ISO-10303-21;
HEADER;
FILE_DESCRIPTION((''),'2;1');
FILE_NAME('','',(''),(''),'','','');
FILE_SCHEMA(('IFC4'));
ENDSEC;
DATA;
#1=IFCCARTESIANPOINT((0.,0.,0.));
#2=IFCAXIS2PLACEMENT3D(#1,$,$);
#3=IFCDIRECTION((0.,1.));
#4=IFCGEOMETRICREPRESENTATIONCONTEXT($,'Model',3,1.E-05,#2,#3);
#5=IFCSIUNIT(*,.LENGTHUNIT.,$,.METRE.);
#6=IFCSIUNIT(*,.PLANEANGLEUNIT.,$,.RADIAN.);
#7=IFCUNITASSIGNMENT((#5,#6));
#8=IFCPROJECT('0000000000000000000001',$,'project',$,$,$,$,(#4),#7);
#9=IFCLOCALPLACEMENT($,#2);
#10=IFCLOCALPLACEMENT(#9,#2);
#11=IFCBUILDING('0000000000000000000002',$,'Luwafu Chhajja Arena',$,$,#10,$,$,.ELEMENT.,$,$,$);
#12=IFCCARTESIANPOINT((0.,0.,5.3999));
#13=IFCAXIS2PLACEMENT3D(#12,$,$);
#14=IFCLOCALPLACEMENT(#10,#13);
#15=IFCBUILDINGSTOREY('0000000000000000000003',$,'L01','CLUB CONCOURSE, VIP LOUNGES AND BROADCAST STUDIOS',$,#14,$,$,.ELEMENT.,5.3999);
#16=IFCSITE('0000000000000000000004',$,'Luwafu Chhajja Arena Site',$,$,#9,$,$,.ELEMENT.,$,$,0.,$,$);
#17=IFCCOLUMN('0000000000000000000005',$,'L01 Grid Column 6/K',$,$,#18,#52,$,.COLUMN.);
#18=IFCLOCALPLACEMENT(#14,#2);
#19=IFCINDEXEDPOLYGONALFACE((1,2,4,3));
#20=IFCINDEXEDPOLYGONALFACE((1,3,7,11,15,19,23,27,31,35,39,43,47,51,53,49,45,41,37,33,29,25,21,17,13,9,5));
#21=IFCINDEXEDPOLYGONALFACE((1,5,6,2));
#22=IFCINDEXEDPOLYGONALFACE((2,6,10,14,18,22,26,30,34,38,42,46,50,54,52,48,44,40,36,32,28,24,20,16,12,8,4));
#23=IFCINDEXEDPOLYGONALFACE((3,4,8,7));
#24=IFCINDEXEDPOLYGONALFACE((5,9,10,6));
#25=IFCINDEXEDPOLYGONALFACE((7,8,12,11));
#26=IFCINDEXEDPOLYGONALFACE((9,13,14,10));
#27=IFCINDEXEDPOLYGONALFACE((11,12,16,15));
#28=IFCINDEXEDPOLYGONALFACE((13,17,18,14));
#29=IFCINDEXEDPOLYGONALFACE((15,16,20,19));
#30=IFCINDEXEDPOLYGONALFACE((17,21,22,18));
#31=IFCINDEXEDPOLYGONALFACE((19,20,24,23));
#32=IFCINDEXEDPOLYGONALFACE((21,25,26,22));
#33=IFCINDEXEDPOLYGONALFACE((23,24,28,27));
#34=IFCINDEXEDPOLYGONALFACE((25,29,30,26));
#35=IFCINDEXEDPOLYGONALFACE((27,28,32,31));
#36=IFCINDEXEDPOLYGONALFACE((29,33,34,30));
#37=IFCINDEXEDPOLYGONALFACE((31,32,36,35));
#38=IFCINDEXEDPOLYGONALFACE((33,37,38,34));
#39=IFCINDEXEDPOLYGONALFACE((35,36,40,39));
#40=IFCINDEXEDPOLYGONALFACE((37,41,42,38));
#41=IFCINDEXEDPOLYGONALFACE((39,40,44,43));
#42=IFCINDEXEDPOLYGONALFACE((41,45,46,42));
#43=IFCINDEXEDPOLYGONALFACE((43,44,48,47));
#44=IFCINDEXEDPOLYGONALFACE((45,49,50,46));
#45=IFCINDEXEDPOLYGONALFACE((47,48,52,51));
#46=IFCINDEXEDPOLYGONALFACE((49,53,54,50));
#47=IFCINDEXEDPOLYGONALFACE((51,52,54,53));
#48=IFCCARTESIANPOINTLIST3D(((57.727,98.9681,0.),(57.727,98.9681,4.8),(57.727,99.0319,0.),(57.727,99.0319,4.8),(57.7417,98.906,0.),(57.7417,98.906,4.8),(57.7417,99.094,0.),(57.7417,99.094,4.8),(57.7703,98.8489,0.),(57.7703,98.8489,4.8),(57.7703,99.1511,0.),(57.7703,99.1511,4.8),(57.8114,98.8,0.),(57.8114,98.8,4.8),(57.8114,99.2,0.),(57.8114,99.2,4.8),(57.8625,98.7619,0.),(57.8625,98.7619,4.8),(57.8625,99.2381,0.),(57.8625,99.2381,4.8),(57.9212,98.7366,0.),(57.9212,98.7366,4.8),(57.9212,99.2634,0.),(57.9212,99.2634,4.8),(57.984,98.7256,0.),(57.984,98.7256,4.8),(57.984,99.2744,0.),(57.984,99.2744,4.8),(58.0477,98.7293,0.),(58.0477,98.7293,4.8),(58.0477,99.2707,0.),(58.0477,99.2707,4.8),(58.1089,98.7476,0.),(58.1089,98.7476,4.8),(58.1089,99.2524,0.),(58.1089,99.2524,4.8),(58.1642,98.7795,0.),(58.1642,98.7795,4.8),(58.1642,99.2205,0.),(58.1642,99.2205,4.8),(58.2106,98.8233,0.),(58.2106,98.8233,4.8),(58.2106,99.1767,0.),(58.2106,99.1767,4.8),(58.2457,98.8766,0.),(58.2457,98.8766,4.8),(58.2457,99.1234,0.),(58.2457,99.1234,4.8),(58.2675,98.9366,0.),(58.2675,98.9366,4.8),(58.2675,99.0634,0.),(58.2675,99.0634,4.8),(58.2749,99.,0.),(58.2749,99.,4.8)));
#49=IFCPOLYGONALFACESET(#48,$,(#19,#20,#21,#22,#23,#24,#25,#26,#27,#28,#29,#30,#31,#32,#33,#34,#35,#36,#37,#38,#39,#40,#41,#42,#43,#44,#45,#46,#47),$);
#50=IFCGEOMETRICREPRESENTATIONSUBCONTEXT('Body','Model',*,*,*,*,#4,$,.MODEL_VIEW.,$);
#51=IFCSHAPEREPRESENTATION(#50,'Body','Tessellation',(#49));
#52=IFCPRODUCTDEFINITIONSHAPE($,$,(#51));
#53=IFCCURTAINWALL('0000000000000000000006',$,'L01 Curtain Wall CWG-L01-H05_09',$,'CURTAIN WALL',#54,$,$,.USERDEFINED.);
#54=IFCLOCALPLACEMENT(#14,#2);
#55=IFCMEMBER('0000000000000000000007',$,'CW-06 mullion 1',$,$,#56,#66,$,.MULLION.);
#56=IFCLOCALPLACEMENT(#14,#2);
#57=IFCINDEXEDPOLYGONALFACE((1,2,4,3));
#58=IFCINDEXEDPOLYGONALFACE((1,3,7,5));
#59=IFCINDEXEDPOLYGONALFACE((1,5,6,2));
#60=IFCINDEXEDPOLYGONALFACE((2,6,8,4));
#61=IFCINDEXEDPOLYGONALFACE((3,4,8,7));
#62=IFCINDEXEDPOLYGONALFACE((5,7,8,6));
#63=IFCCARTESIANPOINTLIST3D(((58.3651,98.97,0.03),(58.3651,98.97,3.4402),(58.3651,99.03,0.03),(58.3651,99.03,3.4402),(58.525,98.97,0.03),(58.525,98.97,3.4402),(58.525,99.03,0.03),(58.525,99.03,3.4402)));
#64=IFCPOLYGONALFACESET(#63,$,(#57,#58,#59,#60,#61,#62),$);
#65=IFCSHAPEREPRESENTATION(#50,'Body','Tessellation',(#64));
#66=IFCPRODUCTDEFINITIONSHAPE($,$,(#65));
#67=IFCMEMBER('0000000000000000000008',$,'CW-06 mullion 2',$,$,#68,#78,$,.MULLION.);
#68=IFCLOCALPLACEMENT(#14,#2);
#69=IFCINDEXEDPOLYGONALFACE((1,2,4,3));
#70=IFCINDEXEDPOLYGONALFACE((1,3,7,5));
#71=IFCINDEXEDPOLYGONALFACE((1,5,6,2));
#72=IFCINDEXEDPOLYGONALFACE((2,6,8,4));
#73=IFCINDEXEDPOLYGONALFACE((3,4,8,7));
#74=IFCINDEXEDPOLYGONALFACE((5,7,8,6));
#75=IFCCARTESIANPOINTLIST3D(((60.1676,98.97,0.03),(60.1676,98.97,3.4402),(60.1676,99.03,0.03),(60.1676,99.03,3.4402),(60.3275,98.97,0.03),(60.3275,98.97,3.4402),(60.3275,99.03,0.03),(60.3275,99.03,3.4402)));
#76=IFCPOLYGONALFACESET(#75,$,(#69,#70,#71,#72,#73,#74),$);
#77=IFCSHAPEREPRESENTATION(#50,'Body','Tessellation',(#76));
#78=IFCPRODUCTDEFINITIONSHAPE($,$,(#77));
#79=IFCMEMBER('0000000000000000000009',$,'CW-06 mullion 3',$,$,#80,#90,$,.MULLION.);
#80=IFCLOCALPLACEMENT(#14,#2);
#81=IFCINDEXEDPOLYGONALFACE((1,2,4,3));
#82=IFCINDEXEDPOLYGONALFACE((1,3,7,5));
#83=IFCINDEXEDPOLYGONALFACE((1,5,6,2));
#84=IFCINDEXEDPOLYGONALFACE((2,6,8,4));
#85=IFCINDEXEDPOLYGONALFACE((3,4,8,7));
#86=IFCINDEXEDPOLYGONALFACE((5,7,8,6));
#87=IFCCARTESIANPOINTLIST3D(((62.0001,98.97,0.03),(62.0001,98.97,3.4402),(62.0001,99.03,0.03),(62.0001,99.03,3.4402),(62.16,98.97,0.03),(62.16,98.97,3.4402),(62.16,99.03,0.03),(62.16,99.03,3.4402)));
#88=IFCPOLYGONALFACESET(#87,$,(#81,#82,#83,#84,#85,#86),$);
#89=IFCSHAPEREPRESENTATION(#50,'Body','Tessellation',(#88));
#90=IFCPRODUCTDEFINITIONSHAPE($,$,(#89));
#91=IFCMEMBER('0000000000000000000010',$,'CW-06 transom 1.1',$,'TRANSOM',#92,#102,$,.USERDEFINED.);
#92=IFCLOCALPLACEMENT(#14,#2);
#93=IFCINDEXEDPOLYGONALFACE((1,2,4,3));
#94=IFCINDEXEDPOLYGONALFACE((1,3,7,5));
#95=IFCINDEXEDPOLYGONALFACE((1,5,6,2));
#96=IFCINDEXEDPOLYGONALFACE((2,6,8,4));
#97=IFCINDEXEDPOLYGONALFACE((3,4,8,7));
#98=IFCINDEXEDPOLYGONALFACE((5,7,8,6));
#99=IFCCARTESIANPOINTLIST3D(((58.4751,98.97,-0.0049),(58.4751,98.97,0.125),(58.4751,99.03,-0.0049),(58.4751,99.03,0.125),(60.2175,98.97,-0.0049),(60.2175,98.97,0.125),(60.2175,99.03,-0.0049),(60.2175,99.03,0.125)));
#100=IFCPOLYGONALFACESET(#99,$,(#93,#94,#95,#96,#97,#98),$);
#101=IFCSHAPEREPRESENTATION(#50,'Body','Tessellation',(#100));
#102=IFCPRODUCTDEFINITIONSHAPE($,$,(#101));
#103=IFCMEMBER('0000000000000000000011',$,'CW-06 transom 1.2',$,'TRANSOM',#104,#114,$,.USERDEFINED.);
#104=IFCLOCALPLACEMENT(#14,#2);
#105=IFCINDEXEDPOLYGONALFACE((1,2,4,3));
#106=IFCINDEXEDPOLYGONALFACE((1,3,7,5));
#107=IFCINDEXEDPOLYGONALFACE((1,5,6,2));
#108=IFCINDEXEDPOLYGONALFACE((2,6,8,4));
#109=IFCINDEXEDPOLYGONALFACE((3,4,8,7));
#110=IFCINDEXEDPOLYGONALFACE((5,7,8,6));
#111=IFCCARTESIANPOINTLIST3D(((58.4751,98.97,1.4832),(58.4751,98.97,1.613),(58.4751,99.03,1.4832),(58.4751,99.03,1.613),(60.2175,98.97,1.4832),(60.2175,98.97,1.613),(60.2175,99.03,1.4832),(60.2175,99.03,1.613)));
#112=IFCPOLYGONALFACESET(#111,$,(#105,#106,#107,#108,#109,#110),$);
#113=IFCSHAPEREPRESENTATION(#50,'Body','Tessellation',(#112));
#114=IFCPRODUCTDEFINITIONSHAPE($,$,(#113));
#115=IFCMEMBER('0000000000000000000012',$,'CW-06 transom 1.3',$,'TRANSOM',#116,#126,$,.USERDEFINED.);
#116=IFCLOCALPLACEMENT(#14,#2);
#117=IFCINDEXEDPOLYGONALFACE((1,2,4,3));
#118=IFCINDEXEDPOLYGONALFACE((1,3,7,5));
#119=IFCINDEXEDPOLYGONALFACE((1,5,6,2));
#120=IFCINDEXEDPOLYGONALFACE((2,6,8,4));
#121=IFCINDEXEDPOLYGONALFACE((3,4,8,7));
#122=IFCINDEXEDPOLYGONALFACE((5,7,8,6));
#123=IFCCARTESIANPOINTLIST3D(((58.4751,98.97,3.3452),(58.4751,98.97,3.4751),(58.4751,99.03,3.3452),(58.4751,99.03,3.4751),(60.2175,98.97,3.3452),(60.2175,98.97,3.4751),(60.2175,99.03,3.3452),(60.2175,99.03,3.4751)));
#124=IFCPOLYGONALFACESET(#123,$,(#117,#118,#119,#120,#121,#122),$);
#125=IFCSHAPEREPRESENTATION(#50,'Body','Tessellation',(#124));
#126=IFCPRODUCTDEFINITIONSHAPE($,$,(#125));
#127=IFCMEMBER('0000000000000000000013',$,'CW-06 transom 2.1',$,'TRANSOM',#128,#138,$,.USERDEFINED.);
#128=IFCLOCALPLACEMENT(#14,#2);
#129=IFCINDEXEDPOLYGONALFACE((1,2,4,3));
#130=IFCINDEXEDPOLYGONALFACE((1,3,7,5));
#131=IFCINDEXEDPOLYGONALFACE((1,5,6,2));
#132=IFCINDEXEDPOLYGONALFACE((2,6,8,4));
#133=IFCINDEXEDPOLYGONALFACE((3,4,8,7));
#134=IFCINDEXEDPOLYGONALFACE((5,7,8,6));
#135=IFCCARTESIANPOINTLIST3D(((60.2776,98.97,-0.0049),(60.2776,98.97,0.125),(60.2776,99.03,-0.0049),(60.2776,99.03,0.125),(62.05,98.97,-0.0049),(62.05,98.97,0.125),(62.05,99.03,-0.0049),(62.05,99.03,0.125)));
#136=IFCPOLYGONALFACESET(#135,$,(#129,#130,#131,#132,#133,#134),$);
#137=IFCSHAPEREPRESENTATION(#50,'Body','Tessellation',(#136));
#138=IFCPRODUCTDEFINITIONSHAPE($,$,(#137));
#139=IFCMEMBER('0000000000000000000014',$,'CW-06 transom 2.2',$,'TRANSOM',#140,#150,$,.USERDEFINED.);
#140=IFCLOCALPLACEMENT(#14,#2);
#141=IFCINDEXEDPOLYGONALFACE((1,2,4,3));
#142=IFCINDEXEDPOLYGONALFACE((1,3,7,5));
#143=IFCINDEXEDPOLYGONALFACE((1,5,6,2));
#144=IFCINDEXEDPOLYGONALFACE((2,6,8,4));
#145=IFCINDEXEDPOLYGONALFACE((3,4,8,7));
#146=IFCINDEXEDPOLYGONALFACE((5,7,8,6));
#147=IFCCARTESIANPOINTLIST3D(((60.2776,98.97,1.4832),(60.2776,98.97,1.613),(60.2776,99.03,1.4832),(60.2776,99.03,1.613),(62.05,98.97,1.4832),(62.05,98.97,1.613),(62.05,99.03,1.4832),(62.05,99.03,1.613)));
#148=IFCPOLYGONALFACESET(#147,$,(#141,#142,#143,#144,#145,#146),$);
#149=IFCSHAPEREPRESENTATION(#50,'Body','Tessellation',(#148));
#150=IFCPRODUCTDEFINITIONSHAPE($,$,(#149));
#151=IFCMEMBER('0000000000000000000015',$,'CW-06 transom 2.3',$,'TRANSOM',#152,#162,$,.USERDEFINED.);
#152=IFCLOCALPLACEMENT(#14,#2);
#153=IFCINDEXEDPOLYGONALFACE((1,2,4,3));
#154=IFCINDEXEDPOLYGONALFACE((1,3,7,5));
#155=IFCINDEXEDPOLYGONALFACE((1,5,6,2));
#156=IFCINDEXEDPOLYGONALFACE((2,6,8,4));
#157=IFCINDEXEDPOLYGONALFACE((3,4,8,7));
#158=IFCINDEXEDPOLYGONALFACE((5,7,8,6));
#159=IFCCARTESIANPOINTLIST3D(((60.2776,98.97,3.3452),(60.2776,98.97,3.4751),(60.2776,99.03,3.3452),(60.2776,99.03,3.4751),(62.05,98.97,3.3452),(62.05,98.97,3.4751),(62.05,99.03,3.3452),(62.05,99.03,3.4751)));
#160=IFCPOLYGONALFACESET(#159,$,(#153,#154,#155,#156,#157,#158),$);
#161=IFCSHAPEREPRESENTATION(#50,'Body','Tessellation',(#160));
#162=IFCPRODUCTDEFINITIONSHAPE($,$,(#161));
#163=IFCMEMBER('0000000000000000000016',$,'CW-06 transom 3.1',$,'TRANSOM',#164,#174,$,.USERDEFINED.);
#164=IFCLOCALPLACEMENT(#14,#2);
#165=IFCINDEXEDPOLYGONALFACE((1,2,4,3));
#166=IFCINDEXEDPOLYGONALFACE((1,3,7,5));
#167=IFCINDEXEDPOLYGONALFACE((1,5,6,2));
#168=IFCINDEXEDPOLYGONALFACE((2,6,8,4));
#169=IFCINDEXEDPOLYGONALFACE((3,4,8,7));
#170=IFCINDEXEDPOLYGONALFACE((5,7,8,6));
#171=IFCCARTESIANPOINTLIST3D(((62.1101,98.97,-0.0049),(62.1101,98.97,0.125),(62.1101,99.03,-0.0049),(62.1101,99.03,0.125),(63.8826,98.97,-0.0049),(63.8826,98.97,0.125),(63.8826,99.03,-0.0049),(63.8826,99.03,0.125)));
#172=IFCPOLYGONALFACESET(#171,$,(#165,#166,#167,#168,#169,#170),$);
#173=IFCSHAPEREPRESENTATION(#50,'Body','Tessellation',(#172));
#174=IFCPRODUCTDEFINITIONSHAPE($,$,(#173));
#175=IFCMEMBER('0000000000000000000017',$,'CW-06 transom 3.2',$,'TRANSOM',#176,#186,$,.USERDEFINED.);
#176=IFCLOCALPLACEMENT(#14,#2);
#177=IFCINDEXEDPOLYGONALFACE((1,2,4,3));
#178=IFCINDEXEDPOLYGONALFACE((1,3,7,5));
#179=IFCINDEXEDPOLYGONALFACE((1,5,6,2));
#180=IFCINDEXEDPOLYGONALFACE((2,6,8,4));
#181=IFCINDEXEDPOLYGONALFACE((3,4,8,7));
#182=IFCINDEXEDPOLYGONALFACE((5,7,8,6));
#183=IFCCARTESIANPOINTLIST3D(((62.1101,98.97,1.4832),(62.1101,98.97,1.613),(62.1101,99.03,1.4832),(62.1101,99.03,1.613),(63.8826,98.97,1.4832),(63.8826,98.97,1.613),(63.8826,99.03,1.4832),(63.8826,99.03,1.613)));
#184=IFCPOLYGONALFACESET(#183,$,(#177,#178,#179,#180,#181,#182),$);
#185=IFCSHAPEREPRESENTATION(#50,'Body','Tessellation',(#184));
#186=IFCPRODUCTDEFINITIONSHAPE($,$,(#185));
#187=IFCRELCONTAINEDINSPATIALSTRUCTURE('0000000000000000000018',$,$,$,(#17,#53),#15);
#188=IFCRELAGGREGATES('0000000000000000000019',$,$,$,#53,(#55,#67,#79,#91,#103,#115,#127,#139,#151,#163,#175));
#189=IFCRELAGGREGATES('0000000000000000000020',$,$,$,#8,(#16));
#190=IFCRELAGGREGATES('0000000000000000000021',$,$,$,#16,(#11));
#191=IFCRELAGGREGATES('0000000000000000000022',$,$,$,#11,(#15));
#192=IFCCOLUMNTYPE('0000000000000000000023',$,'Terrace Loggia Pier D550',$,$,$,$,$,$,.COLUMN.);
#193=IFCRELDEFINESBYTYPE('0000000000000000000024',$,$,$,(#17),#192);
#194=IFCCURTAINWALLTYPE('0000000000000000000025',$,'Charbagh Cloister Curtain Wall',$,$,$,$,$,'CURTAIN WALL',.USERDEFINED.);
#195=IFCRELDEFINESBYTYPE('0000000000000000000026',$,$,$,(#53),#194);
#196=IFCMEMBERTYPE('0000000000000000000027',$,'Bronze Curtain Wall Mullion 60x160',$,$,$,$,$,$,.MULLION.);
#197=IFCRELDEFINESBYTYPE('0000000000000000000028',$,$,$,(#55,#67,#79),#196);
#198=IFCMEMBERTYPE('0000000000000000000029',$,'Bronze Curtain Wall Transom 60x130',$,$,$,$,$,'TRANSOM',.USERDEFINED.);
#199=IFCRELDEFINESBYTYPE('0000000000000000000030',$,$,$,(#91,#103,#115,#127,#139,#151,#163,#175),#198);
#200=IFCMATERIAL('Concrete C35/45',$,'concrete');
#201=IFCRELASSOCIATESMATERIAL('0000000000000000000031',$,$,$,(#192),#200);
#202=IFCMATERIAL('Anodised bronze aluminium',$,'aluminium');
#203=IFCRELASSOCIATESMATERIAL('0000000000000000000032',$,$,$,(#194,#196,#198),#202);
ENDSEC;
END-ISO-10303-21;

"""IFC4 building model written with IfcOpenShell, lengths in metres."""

from ifc_helpers import new_model, si_unit, direction, frame, origin, origin_2d, place, context, subcontext, project, spatial, rectangle, circle, extrude, material, material_profile, profile_set, type_object, element, aggregate, save


model = new_model("IFC4")

# Units and contexts
model_context = context("Model", 3, precision=1e-05, world=origin(), true_north=direction((0.0, 1.0)))
body_context = subcontext(model_context, "Body", "Model", "MODEL_VIEW")
ifc_project = project(units=[si_unit("LENGTHUNIT", "METRE"), si_unit("PLANEANGLEUNIT", "RADIAN")], contexts=[model_context])

# Site, building, storey
site_placement = place(None, origin())
site = spatial("IfcSite", under=ifc_project, at=site_placement, Name="Luwafu Chhajja Arena Site", CompositionType="ELEMENT", RefElevation=0.0)
building_placement = place(site_placement, origin())
building = spatial("IfcBuilding", under=site, at=building_placement, Name="Luwafu Chhajja Arena", CompositionType="ELEMENT")
storey_placement = place(building_placement, frame((0.0, 0.0, 5.3999)))
storey = spatial("IfcBuildingStorey", under=building, at=storey_placement, Name="L01", Description="CLUB CONCOURSE, VIP LOUNGES AND BROADCAST STUDIOS", CompositionType="ELEMENT", Elevation=5.3999)

# Column
ifc_material_1 = material(Name="Concrete C35/45", Category="concrete")
ifc_material_profile_1 = material_profile(ifc_material_1, circle(Radius=0.2749, at=origin_2d()), Name="RC COL D550")
ifc_profile_set_1 = profile_set([ifc_material_profile_1], Name="Concrete C35/45")
column_type_1 = type_object("IfcColumnType", Name="Terrace Loggia Pier D550", PredefinedType="COLUMN", material=ifc_profile_set_1)
column_1_placement = place(storey_placement, frame((58.0, 99.0, 0.0), z_axis=(0.0, 0.0, 1.0), x_axis=(1.0, 0.0, 0.0)))
element("IfcColumn", 1, at=column_1_placement, inside=storey, type_object=column_type_1, Name="L01 Grid Column 6/K", PredefinedType="COLUMN", context=body_context, shape_type="SweptSolid", body=[
    extrude(circle(Radius=0.2749, at=origin_2d()), origin(), (0.0, 0.0, 1.0), 4.8),
])

# Curtain wall, members
ifc_material_2 = material(Name="Anodised bronze aluminium", Category="aluminium")
curtain_wall_type = type_object("IfcCurtainWallType", Name="Charbagh Cloister Curtain Wall", ElementType="CURTAIN WALL", PredefinedType="USERDEFINED", material=ifc_material_2)
curtain_wall_placement = place(storey_placement, origin())
curtain_wall = element("IfcCurtainWall", 2, at=curtain_wall_placement, inside=storey, type_object=curtain_wall_type, Name="L01 Curtain Wall CWG-L01-H05_09", ObjectType="CURTAIN WALL", PredefinedType="USERDEFINED")
ifc_material_profile_2 = material_profile(ifc_material_2, rectangle(XDim=0.0601, YDim=0.1599, at=origin_2d()), Name="CWM 60x160")
ifc_profile_set_2 = profile_set([ifc_material_profile_2], Name="Anodised bronze aluminium")
member_type_1 = type_object("IfcMemberType", Name="Bronze Curtain Wall Mullion 60x160", PredefinedType="MULLION", material=ifc_profile_set_2)
member_1_placement = place(storey_placement, frame((58.4451, 99.0, 0.03), z_axis=(0.0, 0.0, 1.0), x_axis=(0.0, 1.0, 0.0)))
member_1 = element("IfcMember", 3, at=member_1_placement, type_object=member_type_1, Name="CW-06 mullion 1", PredefinedType="MULLION", context=body_context, shape_type="SweptSolid", body=[
    extrude(rectangle(XDim=0.0601, YDim=0.1599, at=origin_2d()), origin(), (0.0, 0.0, 1.0), 3.4102),
])
member_2_placement = place(storey_placement, frame((60.2476, 99.0, 0.03), z_axis=(0.0, 0.0, 1.0), x_axis=(0.0, 1.0, 0.0)))
member_2 = element("IfcMember", 4, at=member_2_placement, type_object=member_type_1, Name="CW-06 mullion 2", PredefinedType="MULLION", context=body_context, shape_type="SweptSolid", body=[
    extrude(rectangle(XDim=0.0601, YDim=0.1599, at=origin_2d()), origin(), (0.0, 0.0, 1.0), 3.4102),
])
member_3_placement = place(storey_placement, frame((62.0801, 99.0, 0.03), z_axis=(0.0, 0.0, 1.0), x_axis=(0.0, 1.0, 0.0)))
member_3 = element("IfcMember", 5, at=member_3_placement, type_object=member_type_1, Name="CW-06 mullion 3", PredefinedType="MULLION", context=body_context, shape_type="SweptSolid", body=[
    extrude(rectangle(XDim=0.0601, YDim=0.1599, at=origin_2d()), origin(), (0.0, 0.0, 1.0), 3.4102),
])
ifc_material_profile_3 = material_profile(ifc_material_2, rectangle(XDim=0.0601, YDim=0.1299, at=origin_2d()), Name="CWT 60x130")
ifc_profile_set_3 = profile_set([ifc_material_profile_3], Name="Anodised bronze aluminium")
member_type_2 = type_object("IfcMemberType", Name="Bronze Curtain Wall Transom 60x130", ElementType="TRANSOM", PredefinedType="USERDEFINED", material=ifc_profile_set_3)
member_4_placement = place(storey_placement, frame((58.4751, 99.0, 0.0601), z_axis=(1.0, 0.0, 0.0), x_axis=(0.0, 1.0, 0.0)))
member_4 = element("IfcMember", 6, at=member_4_placement, type_object=member_type_2, Name="CW-06 transom 1.1", ObjectType="TRANSOM", PredefinedType="USERDEFINED", context=body_context, shape_type="SweptSolid", body=[
    extrude(rectangle(XDim=0.0601, YDim=0.1299, at=origin_2d()), origin(), (0.0, 0.0, 1.0), 1.7424),
])
member_5_placement = place(storey_placement, frame((58.4751, 99.0, 1.5481), z_axis=(1.0, 0.0, 0.0), x_axis=(0.0, 1.0, 0.0)))
member_5 = element("IfcMember", 7, at=member_5_placement, type_object=member_type_2, Name="CW-06 transom 1.2", ObjectType="TRANSOM", PredefinedType="USERDEFINED", context=body_context, shape_type="SweptSolid", body=[
    extrude(rectangle(XDim=0.0601, YDim=0.1299, at=origin_2d()), origin(), (0.0, 0.0, 1.0), 1.7424),
])
member_6_placement = place(storey_placement, frame((58.4751, 99.0, 3.4102), z_axis=(1.0, 0.0, 0.0), x_axis=(0.0, 1.0, 0.0)))
member_6 = element("IfcMember", 8, at=member_6_placement, type_object=member_type_2, Name="CW-06 transom 1.3", ObjectType="TRANSOM", PredefinedType="USERDEFINED", context=body_context, shape_type="SweptSolid", body=[
    extrude(rectangle(XDim=0.0601, YDim=0.1299, at=origin_2d()), origin(), (0.0, 0.0, 1.0), 1.7424),
])
member_7_placement = place(storey_placement, frame((60.2776, 99.0, 0.0601), z_axis=(1.0, 0.0, 0.0), x_axis=(0.0, 1.0, 0.0)))
member_7 = element("IfcMember", 9, at=member_7_placement, type_object=member_type_2, Name="CW-06 transom 2.1", ObjectType="TRANSOM", PredefinedType="USERDEFINED", context=body_context, shape_type="SweptSolid", body=[
    extrude(rectangle(XDim=0.0601, YDim=0.1299, at=origin_2d()), origin(), (0.0, 0.0, 1.0), 1.7725),
])
member_8_placement = place(storey_placement, frame((60.2776, 99.0, 1.5481), z_axis=(1.0, 0.0, 0.0), x_axis=(0.0, 1.0, 0.0)))
member_8 = element("IfcMember", 10, at=member_8_placement, type_object=member_type_2, Name="CW-06 transom 2.2", ObjectType="TRANSOM", PredefinedType="USERDEFINED", context=body_context, shape_type="SweptSolid", body=[
    extrude(rectangle(XDim=0.0601, YDim=0.1299, at=origin_2d()), origin(), (0.0, 0.0, 1.0), 1.7725),
])
member_9_placement = place(storey_placement, frame((60.2776, 99.0, 3.4102), z_axis=(1.0, 0.0, 0.0), x_axis=(0.0, 1.0, 0.0)))
member_9 = element("IfcMember", 11, at=member_9_placement, type_object=member_type_2, Name="CW-06 transom 2.3", ObjectType="TRANSOM", PredefinedType="USERDEFINED", context=body_context, shape_type="SweptSolid", body=[
    extrude(rectangle(XDim=0.0601, YDim=0.1299, at=origin_2d()), origin(), (0.0, 0.0, 1.0), 1.7725),
])
member_10_placement = place(storey_placement, frame((62.1101, 99.0, 0.0601), z_axis=(1.0, 0.0, 0.0), x_axis=(0.0, 1.0, 0.0)))
member_10 = element("IfcMember", 12, at=member_10_placement, type_object=member_type_2, Name="CW-06 transom 3.1", ObjectType="TRANSOM", PredefinedType="USERDEFINED", context=body_context, shape_type="SweptSolid", body=[
    extrude(rectangle(XDim=0.0601, YDim=0.1299, at=origin_2d()), origin(), (0.0, 0.0, 1.0), 1.7725),
])
member_11_placement = place(storey_placement, frame((62.1101, 99.0, 1.5481), z_axis=(1.0, 0.0, 0.0), x_axis=(0.0, 1.0, 0.0)))
member_11 = element("IfcMember", 13, at=member_11_placement, type_object=member_type_2, Name="CW-06 transom 3.2", ObjectType="TRANSOM", PredefinedType="USERDEFINED", context=body_context, shape_type="SweptSolid", body=[
    extrude(rectangle(XDim=0.0601, YDim=0.1299, at=origin_2d()), origin(), (0.0, 0.0, 1.0), 1.7725),
])

aggregate(curtain_wall, [member_1, member_2, member_3, member_4, member_5, member_6, member_7, member_8, member_9, member_10, member_11])

save(model, "model.ifc")
